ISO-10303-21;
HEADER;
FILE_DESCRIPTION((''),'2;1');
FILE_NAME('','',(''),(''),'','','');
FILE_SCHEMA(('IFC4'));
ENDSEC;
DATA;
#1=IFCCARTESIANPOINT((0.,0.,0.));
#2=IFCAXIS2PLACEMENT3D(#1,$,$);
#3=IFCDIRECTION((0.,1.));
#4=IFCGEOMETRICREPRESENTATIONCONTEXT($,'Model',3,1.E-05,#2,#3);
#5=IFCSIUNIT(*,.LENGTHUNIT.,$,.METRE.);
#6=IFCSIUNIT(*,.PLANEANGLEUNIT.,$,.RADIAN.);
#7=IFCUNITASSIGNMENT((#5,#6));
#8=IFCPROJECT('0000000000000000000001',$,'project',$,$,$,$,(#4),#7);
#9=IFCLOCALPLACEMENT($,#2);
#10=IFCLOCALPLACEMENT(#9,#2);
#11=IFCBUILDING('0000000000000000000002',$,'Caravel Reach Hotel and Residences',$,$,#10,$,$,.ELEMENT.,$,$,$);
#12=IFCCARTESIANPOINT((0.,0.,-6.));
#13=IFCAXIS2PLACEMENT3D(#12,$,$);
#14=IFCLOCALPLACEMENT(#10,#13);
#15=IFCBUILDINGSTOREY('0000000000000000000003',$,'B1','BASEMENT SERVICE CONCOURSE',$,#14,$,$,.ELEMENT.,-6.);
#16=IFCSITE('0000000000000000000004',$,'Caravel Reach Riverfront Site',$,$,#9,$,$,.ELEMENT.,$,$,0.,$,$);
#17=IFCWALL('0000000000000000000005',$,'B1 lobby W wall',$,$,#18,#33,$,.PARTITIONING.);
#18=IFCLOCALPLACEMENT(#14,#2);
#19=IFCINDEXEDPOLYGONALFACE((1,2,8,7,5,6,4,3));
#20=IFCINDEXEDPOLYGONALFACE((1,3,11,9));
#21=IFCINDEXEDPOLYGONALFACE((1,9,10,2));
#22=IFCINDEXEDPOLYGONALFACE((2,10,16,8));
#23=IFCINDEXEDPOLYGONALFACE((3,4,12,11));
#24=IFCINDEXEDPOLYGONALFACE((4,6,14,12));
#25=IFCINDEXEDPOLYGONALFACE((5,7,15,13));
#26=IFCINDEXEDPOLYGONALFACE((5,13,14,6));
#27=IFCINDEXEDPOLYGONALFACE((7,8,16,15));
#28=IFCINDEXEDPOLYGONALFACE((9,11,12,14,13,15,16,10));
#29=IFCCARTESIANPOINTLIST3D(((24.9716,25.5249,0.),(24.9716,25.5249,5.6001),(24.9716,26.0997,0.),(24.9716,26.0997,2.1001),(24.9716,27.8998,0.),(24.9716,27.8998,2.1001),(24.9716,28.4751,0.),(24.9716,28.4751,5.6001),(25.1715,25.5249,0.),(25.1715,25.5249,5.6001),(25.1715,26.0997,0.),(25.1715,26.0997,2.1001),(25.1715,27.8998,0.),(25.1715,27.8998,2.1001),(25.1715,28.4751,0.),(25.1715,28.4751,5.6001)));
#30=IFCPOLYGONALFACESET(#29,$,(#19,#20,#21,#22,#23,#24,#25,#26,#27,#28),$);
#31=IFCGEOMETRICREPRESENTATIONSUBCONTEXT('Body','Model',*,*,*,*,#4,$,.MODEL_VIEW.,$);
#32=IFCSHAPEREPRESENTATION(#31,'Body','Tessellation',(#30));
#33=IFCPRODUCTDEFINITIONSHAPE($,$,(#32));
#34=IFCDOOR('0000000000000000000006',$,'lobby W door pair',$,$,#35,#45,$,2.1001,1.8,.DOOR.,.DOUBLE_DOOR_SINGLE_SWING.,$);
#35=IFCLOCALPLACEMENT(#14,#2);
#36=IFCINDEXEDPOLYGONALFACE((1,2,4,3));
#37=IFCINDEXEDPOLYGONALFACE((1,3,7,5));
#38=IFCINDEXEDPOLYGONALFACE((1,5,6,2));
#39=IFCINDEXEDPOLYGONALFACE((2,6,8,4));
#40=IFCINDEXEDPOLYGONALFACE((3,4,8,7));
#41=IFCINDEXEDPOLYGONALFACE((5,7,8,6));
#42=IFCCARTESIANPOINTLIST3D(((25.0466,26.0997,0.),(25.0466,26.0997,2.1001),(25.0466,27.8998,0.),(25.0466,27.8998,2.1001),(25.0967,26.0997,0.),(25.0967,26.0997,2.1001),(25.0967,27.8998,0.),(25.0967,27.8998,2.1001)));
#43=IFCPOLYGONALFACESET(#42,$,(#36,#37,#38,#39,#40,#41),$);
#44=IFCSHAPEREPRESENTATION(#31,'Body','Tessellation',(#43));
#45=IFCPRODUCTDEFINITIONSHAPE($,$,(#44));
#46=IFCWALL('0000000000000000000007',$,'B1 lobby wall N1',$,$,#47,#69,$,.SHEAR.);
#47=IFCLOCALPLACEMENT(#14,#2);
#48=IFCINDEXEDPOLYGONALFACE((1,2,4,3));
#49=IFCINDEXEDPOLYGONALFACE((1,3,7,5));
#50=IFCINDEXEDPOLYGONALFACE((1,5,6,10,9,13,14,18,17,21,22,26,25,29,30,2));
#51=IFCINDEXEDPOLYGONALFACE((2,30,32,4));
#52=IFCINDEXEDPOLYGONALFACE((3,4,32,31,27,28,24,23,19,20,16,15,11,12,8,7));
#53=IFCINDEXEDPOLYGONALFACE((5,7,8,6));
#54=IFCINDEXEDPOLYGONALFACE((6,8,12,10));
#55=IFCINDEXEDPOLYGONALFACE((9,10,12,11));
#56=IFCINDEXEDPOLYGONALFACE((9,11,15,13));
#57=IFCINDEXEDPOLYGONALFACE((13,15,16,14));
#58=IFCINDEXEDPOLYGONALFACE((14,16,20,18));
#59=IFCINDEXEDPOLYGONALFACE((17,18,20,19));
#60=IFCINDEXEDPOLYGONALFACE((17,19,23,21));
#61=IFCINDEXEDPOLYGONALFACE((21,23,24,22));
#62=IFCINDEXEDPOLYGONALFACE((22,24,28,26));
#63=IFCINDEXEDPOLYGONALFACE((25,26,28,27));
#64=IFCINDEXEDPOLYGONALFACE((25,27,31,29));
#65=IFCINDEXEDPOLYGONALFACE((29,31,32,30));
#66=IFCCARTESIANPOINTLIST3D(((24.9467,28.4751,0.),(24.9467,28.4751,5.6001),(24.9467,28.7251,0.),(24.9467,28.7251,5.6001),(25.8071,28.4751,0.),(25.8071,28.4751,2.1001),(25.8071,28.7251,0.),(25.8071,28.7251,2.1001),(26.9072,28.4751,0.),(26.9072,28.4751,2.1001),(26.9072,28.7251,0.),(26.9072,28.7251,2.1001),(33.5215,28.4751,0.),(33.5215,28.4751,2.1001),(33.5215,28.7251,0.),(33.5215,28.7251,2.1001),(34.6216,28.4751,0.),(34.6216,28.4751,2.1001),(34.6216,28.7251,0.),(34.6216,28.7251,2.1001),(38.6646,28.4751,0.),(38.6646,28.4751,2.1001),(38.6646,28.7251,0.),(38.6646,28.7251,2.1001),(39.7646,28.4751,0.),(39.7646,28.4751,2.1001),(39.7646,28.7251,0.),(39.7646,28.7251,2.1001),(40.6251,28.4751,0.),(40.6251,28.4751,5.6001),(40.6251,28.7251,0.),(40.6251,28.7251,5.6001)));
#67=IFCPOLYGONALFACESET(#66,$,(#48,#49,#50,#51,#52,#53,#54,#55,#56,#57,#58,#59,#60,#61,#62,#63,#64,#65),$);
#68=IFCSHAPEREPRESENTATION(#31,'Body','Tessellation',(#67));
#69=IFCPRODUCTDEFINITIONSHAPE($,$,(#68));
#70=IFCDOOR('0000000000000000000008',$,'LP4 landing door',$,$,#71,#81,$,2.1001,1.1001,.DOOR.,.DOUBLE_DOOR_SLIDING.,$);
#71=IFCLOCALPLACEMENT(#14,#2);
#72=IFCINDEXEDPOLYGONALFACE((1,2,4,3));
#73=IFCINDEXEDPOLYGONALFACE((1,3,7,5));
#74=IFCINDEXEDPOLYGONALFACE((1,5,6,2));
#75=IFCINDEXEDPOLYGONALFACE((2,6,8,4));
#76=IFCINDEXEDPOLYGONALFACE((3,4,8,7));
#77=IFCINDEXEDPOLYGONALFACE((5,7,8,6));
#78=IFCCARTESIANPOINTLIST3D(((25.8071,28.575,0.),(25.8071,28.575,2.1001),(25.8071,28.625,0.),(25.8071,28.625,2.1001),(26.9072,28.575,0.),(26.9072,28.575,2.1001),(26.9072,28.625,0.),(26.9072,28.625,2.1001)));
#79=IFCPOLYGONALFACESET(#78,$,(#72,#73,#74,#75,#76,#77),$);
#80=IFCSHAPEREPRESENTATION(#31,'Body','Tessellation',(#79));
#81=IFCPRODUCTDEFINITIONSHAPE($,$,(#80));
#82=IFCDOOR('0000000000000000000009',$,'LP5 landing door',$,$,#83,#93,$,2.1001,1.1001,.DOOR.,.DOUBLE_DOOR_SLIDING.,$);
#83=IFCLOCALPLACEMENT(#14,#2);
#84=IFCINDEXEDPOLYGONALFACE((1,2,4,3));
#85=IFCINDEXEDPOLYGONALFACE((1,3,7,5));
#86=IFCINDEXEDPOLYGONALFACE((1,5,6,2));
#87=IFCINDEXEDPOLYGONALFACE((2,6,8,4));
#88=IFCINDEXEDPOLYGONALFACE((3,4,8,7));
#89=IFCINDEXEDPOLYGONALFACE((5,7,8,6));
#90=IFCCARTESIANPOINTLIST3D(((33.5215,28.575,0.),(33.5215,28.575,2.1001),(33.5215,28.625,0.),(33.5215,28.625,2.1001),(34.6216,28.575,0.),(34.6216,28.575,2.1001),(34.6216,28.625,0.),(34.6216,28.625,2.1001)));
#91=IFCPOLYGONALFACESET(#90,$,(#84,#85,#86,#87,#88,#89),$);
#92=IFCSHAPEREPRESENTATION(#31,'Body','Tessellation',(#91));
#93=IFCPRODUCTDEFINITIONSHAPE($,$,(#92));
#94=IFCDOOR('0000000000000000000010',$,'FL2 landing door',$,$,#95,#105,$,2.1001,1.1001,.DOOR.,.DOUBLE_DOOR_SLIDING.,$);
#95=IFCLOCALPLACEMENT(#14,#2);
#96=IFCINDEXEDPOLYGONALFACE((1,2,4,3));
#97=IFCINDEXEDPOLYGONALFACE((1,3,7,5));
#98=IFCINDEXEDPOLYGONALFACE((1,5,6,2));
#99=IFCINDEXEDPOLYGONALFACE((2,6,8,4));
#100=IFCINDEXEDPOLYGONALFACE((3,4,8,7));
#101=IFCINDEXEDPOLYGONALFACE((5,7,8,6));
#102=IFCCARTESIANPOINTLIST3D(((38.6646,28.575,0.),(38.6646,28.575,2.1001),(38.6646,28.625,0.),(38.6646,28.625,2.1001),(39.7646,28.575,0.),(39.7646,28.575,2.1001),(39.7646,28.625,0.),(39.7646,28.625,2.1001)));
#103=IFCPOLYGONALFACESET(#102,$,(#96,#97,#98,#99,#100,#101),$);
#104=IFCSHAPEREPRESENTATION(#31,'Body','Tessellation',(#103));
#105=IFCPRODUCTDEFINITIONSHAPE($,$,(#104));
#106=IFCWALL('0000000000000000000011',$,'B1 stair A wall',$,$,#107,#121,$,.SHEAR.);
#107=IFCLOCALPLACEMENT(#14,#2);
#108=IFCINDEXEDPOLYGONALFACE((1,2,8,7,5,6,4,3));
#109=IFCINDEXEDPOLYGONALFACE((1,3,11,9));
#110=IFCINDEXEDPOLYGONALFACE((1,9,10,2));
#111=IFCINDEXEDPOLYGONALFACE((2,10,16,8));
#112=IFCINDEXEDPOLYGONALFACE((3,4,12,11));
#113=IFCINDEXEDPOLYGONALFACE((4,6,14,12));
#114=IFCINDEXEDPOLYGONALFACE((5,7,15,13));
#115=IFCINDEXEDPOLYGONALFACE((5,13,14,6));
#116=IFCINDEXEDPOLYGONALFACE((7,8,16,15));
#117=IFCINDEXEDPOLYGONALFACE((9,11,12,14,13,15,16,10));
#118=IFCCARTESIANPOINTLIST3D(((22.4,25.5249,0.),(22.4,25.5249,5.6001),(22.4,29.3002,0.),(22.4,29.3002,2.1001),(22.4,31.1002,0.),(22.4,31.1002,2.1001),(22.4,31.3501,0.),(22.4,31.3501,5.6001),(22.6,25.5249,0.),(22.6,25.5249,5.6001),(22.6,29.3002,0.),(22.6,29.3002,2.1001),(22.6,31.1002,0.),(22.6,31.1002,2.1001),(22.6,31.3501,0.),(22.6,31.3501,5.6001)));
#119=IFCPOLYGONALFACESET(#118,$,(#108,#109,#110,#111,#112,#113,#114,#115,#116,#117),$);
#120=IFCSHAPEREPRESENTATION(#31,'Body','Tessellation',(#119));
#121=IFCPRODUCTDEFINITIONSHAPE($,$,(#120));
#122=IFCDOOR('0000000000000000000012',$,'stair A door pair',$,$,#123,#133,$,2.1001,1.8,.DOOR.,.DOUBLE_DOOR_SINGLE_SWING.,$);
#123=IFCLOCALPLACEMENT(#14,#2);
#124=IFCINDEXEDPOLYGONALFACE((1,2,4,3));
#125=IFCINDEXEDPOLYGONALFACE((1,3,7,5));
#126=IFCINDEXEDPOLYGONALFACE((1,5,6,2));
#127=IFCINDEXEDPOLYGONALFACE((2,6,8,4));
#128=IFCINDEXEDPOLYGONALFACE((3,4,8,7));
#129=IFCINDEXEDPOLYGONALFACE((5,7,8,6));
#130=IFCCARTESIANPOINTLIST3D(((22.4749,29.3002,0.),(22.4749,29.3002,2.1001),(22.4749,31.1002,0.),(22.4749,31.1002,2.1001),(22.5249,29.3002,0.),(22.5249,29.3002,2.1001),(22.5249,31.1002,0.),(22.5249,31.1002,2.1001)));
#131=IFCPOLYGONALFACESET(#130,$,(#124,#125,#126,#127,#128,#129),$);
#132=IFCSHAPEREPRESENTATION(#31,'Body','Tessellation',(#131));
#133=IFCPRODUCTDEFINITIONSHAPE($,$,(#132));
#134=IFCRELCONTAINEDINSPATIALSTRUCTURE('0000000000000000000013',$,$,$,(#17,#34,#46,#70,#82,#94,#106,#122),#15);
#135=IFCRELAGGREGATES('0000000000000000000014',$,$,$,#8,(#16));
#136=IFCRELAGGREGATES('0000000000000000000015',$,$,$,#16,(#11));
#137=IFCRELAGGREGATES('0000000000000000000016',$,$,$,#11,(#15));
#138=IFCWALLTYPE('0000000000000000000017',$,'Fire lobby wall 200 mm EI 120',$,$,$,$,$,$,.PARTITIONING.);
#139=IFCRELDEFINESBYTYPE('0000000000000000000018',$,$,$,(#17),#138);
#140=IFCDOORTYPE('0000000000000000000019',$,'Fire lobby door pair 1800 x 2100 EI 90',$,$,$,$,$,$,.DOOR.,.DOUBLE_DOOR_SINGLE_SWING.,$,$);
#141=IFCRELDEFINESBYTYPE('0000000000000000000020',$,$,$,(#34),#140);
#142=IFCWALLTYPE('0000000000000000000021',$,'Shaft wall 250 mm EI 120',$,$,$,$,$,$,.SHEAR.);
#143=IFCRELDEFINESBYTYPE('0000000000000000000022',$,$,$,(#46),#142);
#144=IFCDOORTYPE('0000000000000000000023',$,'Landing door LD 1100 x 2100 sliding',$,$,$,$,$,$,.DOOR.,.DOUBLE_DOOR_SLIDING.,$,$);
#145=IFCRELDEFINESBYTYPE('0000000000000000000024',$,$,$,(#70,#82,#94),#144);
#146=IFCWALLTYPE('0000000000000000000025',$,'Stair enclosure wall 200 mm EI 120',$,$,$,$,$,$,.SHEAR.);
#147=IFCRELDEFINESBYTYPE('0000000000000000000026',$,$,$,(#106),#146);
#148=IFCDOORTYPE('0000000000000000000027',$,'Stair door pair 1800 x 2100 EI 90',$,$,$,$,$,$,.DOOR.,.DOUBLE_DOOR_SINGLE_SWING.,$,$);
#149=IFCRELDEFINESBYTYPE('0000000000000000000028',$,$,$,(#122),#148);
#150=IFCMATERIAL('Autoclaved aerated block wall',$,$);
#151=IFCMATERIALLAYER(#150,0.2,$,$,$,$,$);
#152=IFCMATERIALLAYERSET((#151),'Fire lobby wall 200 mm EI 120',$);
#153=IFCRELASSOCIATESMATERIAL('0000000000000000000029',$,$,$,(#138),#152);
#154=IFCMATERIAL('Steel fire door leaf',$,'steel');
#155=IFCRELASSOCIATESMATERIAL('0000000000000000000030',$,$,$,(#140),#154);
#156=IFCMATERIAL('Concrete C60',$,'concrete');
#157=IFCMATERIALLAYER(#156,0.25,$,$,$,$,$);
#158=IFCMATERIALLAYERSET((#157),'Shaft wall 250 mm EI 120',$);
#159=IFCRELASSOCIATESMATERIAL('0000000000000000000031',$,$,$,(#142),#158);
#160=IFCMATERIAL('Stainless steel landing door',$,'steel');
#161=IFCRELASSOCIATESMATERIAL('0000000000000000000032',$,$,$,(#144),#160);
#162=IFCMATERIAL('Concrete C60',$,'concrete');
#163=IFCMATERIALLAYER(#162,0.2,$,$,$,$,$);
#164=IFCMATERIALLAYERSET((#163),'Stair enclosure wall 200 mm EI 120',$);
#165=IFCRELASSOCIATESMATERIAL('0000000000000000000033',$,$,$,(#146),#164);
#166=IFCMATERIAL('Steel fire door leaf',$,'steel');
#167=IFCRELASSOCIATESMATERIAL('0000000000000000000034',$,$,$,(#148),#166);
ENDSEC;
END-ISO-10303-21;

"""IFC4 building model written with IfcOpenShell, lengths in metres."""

from ifc_helpers import new_model, si_unit, direction, frame, frame_2d, origin, place, context, subcontext, project, spatial, rectangle, extrude, material, layer, layer_set, type_object, element, fill, save


model = new_model("IFC4")

# Units and contexts
model_context = context("Model", 3, precision=1e-05, world=origin(), true_north=direction((0.0, 1.0)))
body_context = subcontext(model_context, "Body", "Model", "MODEL_VIEW")
ifc_project = project(units=[si_unit("LENGTHUNIT", "METRE"), si_unit("PLANEANGLEUNIT", "RADIAN")], contexts=[model_context])

# Site, building, storey
site_placement = place(None, origin())
site = spatial("IfcSite", under=ifc_project, at=site_placement, Name="Caravel Reach Riverfront Site", CompositionType="ELEMENT", RefElevation=0.0)
building_placement = place(site_placement, origin())
building = spatial("IfcBuilding", under=site, at=building_placement, Name="Caravel Reach Hotel and Residences", CompositionType="ELEMENT")
storey_placement = place(building_placement, frame((0.0, 0.0, -6.0)))
storey = spatial("IfcBuildingStorey", under=building, at=storey_placement, Name="B1", Description="BASEMENT SERVICE CONCOURSE", CompositionType="ELEMENT", Elevation=-6.0)

# Wall, opening, door
ifc_material_1 = material(Name="Autoclaved aerated block wall")
ifc_layer_1 = layer(ifc_material_1, 0.2)
ifc_layer_set_1 = layer_set([ifc_layer_1], Name="Fire lobby wall 200 mm EI 120")
wall_type_1 = type_object("IfcWallType", Name="Fire lobby wall 200 mm EI 120", PredefinedType="PARTITIONING", material=ifc_layer_set_1)
wall_1_placement = place(storey_placement, frame((25.0715, 25.5249, 0.0), z_axis=(0.0, 0.0, 1.0), x_axis=(0.0, 1.0, 0.0)))
wall_1 = element("IfcWall", 1, at=wall_1_placement, inside=storey, type_object=wall_type_1, Name="B1 lobby W wall", PredefinedType="PARTITIONING", context=body_context, shape_type="SweptSolid", body=[
    extrude(rectangle(XDim=2.9502, YDim=0.2, at=frame_2d((1.4751, 0.0))), origin(), (0.0, 0.0, 1.0), 5.6001),
])
opening_1_placement = place(wall_1_placement, frame((0.575, 0.0, 0.0)))
opening_1 = element("IfcOpeningElement", 2, at=opening_1_placement, cuts=wall_1, PredefinedType="OPENING", context=body_context, shape_type="SweptSolid", body=[
    extrude(rectangle(XDim=1.8, YDim=2.1001, at=frame_2d((0.8999, 1.05))), frame((0.0, 0.1099, 0.0), z_axis=(0.0, -1.0, 0.0), x_axis=(1.0, 0.0, 0.0)), (0.0, 0.0, 1.0), 0.22),
])
ifc_material_2 = material(Name="Steel fire door leaf", Category="steel")
door_type_1 = type_object("IfcDoorType", Name="Fire lobby door pair 1800 x 2100 EI 90", OperationType="DOUBLE_DOOR_SINGLE_SWING", PredefinedType="DOOR", material=ifc_material_2)
door_1_placement = place(opening_1_placement, origin())
door_1 = element("IfcDoor", 3, at=door_1_placement, inside=storey, type_object=door_type_1, Name="lobby W door pair", OperationType="DOUBLE_DOOR_SINGLE_SWING", OverallHeight=2.1001, OverallWidth=1.8, PredefinedType="DOOR", context=body_context, shape_type="SweptSolid", body=[
    extrude(rectangle(XDim=1.8, YDim=2.1001, at=frame_2d((0.8999, 1.05))), frame((0.0, 0.0249, 0.0), z_axis=(0.0, -1.0, 0.0), x_axis=(1.0, 0.0, 0.0)), (0.0, 0.0, 1.0), 0.05),
])
fill(opening_1, door_1)

# Wall, openings, doors
ifc_material_3 = material(Name="Concrete C60", Category="concrete")
ifc_layer_2 = layer(ifc_material_3, 0.25)
ifc_layer_set_2 = layer_set([ifc_layer_2], Name="Shaft wall 250 mm EI 120")
wall_type_2 = type_object("IfcWallType", Name="Shaft wall 250 mm EI 120", PredefinedType="SHEAR", material=ifc_layer_set_2)
wall_2_placement = place(storey_placement, frame((24.9465, 28.6001, 0.0), z_axis=(0.0, 0.0, 1.0), x_axis=(1.0, 0.0, 0.0)))
wall_2 = element("IfcWall", 4, at=wall_2_placement, inside=storey, type_object=wall_type_2, Name="B1 lobby wall N1", PredefinedType="SHEAR", context=body_context, shape_type="SweptSolid", body=[
    extrude(rectangle(XDim=15.6785, YDim=0.25, at=frame_2d((7.8394, 0.0))), origin(), (0.0, 0.0, 1.0), 5.6001),
])
opening_2_placement = place(wall_2_placement, frame((0.8606, 0.0, 0.0)))
opening_2 = element("IfcOpeningElement", 5, at=opening_2_placement, cuts=wall_2, PredefinedType="OPENING", context=body_context, shape_type="SweptSolid", body=[
    extrude(rectangle(XDim=1.1001, YDim=2.1001, at=frame_2d((0.55, 1.05))), frame((0.0, 0.135, 0.0), z_axis=(0.0, -1.0, 0.0), x_axis=(1.0, 0.0, 0.0)), (0.0, 0.0, 1.0), 0.27),
])
opening_3_placement = place(wall_2_placement, frame((8.575, 0.0, 0.0)))
opening_3 = element("IfcOpeningElement", 6, at=opening_3_placement, cuts=wall_2, PredefinedType="OPENING", context=body_context, shape_type="SweptSolid", body=[
    extrude(rectangle(XDim=1.1001, YDim=2.1001, at=frame_2d((0.55, 1.05))), frame((0.0, 0.135, 0.0), z_axis=(0.0, -1.0, 0.0), x_axis=(1.0, 0.0, 0.0)), (0.0, 0.0, 1.0), 0.27),
])
opening_4_placement = place(wall_2_placement, frame((13.718, 0.0, 0.0)))
opening_4 = element("IfcOpeningElement", 7, at=opening_4_placement, cuts=wall_2, PredefinedType="OPENING", context=body_context, shape_type="SweptSolid", body=[
    extrude(rectangle(XDim=1.1001, YDim=2.1001, at=frame_2d((0.55, 1.05))), frame((0.0, 0.135, 0.0), z_axis=(0.0, -1.0, 0.0), x_axis=(1.0, 0.0, 0.0)), (0.0, 0.0, 1.0), 0.27),
])
ifc_material_4 = material(Name="Stainless steel landing door", Category="steel")
door_type_2 = type_object("IfcDoorType", Name="Landing door LD 1100 x 2100 sliding", OperationType="DOUBLE_DOOR_SLIDING", PredefinedType="DOOR", material=ifc_material_4)
door_2_placement = place(opening_2_placement, origin())
door_2 = element("IfcDoor", 8, at=door_2_placement, inside=storey, type_object=door_type_2, Name="LP4 landing door", OperationType="DOUBLE_DOOR_SLIDING", OverallHeight=2.1001, OverallWidth=1.1001, PredefinedType="DOOR", context=body_context, shape_type="SweptSolid", body=[
    extrude(rectangle(XDim=1.1001, YDim=2.1001, at=frame_2d((0.55, 1.05))), frame((0.0, 0.0249, 0.0), z_axis=(0.0, -1.0, 0.0), x_axis=(1.0, 0.0, 0.0)), (0.0, 0.0, 1.0), 0.05),
])
fill(opening_2, door_2)
door_3_placement = place(opening_3_placement, origin())
door_3 = element("IfcDoor", 9, at=door_3_placement, inside=storey, type_object=door_type_2, Name="LP5 landing door", OperationType="DOUBLE_DOOR_SLIDING", OverallHeight=2.1001, OverallWidth=1.1001, PredefinedType="DOOR", context=body_context, shape_type="SweptSolid", body=[
    extrude(rectangle(XDim=1.1001, YDim=2.1001, at=frame_2d((0.55, 1.05))), frame((0.0, 0.0249, 0.0), z_axis=(0.0, -1.0, 0.0), x_axis=(1.0, 0.0, 0.0)), (0.0, 0.0, 1.0), 0.05),
])
fill(opening_3, door_3)
door_4_placement = place(opening_4_placement, origin())
door_4 = element("IfcDoor", 10, at=door_4_placement, inside=storey, type_object=door_type_2, Name="FL2 landing door", OperationType="DOUBLE_DOOR_SLIDING", OverallHeight=2.1001, OverallWidth=1.1001, PredefinedType="DOOR", context=body_context, shape_type="SweptSolid", body=[
    extrude(rectangle(XDim=1.1001, YDim=2.1001, at=frame_2d((0.55, 1.05))), frame((0.0, 0.0249, 0.0), z_axis=(0.0, -1.0, 0.0), x_axis=(1.0, 0.0, 0.0)), (0.0, 0.0, 1.0), 0.05),
])
fill(opening_4, door_4)

# Wall, opening, door
ifc_material_5 = material(Name="Concrete C60", Category="concrete")
ifc_layer_3 = layer(ifc_material_5, 0.2)
ifc_layer_set_3 = layer_set([ifc_layer_3], Name="Stair enclosure wall 200 mm EI 120")
wall_type_3 = type_object("IfcWallType", Name="Stair enclosure wall 200 mm EI 120", PredefinedType="SHEAR", material=ifc_layer_set_3)
wall_3_placement = place(storey_placement, frame((22.5, 31.3501, 0.0), z_axis=(0.0, 0.0, 1.0), x_axis=(0.0, -1.0, 0.0)))
wall_3 = element("IfcWall", 11, at=wall_3_placement, inside=storey, type_object=wall_type_3, Name="B1 stair A wall", PredefinedType="SHEAR", context=body_context, shape_type="SweptSolid", body=[
    extrude(rectangle(XDim=5.8252, YDim=0.2, at=frame_2d((2.9126, 0.0))), origin(), (0.0, 0.0, 1.0), 5.6001),
])
opening_5_placement = place(wall_3_placement, frame((0.25, 0.0, 0.0)))
opening_5 = element("IfcOpeningElement", 12, at=opening_5_placement, cuts=wall_3, PredefinedType="OPENING", context=body_context, shape_type="SweptSolid", body=[
    extrude(rectangle(XDim=1.8, YDim=2.1001, at=frame_2d((0.8999, 1.05))), frame((0.0, 0.1099, 0.0), z_axis=(0.0, -1.0, 0.0), x_axis=(1.0, 0.0, 0.0)), (0.0, 0.0, 1.0), 0.22),
])
ifc_material_6 = material(Name="Steel fire door leaf", Category="steel")
door_type_3 = type_object("IfcDoorType", Name="Stair door pair 1800 x 2100 EI 90", OperationType="DOUBLE_DOOR_SINGLE_SWING", PredefinedType="DOOR", material=ifc_material_6)
door_5_placement = place(opening_5_placement, origin())
door_5 = element("IfcDoor", 13, at=door_5_placement, inside=storey, type_object=door_type_3, Name="stair A door pair", OperationType="DOUBLE_DOOR_SINGLE_SWING", OverallHeight=2.1001, OverallWidth=1.8, PredefinedType="DOOR", context=body_context, shape_type="SweptSolid", body=[
    extrude(rectangle(XDim=1.8, YDim=2.1001, at=frame_2d((0.8999, 1.05))), frame((0.0, 0.0249, 0.0), z_axis=(0.0, -1.0, 0.0), x_axis=(1.0, 0.0, 0.0)), (0.0, 0.0, 1.0), 0.05),
])
fill(opening_5, door_5)

save(model, "model.ifc")
